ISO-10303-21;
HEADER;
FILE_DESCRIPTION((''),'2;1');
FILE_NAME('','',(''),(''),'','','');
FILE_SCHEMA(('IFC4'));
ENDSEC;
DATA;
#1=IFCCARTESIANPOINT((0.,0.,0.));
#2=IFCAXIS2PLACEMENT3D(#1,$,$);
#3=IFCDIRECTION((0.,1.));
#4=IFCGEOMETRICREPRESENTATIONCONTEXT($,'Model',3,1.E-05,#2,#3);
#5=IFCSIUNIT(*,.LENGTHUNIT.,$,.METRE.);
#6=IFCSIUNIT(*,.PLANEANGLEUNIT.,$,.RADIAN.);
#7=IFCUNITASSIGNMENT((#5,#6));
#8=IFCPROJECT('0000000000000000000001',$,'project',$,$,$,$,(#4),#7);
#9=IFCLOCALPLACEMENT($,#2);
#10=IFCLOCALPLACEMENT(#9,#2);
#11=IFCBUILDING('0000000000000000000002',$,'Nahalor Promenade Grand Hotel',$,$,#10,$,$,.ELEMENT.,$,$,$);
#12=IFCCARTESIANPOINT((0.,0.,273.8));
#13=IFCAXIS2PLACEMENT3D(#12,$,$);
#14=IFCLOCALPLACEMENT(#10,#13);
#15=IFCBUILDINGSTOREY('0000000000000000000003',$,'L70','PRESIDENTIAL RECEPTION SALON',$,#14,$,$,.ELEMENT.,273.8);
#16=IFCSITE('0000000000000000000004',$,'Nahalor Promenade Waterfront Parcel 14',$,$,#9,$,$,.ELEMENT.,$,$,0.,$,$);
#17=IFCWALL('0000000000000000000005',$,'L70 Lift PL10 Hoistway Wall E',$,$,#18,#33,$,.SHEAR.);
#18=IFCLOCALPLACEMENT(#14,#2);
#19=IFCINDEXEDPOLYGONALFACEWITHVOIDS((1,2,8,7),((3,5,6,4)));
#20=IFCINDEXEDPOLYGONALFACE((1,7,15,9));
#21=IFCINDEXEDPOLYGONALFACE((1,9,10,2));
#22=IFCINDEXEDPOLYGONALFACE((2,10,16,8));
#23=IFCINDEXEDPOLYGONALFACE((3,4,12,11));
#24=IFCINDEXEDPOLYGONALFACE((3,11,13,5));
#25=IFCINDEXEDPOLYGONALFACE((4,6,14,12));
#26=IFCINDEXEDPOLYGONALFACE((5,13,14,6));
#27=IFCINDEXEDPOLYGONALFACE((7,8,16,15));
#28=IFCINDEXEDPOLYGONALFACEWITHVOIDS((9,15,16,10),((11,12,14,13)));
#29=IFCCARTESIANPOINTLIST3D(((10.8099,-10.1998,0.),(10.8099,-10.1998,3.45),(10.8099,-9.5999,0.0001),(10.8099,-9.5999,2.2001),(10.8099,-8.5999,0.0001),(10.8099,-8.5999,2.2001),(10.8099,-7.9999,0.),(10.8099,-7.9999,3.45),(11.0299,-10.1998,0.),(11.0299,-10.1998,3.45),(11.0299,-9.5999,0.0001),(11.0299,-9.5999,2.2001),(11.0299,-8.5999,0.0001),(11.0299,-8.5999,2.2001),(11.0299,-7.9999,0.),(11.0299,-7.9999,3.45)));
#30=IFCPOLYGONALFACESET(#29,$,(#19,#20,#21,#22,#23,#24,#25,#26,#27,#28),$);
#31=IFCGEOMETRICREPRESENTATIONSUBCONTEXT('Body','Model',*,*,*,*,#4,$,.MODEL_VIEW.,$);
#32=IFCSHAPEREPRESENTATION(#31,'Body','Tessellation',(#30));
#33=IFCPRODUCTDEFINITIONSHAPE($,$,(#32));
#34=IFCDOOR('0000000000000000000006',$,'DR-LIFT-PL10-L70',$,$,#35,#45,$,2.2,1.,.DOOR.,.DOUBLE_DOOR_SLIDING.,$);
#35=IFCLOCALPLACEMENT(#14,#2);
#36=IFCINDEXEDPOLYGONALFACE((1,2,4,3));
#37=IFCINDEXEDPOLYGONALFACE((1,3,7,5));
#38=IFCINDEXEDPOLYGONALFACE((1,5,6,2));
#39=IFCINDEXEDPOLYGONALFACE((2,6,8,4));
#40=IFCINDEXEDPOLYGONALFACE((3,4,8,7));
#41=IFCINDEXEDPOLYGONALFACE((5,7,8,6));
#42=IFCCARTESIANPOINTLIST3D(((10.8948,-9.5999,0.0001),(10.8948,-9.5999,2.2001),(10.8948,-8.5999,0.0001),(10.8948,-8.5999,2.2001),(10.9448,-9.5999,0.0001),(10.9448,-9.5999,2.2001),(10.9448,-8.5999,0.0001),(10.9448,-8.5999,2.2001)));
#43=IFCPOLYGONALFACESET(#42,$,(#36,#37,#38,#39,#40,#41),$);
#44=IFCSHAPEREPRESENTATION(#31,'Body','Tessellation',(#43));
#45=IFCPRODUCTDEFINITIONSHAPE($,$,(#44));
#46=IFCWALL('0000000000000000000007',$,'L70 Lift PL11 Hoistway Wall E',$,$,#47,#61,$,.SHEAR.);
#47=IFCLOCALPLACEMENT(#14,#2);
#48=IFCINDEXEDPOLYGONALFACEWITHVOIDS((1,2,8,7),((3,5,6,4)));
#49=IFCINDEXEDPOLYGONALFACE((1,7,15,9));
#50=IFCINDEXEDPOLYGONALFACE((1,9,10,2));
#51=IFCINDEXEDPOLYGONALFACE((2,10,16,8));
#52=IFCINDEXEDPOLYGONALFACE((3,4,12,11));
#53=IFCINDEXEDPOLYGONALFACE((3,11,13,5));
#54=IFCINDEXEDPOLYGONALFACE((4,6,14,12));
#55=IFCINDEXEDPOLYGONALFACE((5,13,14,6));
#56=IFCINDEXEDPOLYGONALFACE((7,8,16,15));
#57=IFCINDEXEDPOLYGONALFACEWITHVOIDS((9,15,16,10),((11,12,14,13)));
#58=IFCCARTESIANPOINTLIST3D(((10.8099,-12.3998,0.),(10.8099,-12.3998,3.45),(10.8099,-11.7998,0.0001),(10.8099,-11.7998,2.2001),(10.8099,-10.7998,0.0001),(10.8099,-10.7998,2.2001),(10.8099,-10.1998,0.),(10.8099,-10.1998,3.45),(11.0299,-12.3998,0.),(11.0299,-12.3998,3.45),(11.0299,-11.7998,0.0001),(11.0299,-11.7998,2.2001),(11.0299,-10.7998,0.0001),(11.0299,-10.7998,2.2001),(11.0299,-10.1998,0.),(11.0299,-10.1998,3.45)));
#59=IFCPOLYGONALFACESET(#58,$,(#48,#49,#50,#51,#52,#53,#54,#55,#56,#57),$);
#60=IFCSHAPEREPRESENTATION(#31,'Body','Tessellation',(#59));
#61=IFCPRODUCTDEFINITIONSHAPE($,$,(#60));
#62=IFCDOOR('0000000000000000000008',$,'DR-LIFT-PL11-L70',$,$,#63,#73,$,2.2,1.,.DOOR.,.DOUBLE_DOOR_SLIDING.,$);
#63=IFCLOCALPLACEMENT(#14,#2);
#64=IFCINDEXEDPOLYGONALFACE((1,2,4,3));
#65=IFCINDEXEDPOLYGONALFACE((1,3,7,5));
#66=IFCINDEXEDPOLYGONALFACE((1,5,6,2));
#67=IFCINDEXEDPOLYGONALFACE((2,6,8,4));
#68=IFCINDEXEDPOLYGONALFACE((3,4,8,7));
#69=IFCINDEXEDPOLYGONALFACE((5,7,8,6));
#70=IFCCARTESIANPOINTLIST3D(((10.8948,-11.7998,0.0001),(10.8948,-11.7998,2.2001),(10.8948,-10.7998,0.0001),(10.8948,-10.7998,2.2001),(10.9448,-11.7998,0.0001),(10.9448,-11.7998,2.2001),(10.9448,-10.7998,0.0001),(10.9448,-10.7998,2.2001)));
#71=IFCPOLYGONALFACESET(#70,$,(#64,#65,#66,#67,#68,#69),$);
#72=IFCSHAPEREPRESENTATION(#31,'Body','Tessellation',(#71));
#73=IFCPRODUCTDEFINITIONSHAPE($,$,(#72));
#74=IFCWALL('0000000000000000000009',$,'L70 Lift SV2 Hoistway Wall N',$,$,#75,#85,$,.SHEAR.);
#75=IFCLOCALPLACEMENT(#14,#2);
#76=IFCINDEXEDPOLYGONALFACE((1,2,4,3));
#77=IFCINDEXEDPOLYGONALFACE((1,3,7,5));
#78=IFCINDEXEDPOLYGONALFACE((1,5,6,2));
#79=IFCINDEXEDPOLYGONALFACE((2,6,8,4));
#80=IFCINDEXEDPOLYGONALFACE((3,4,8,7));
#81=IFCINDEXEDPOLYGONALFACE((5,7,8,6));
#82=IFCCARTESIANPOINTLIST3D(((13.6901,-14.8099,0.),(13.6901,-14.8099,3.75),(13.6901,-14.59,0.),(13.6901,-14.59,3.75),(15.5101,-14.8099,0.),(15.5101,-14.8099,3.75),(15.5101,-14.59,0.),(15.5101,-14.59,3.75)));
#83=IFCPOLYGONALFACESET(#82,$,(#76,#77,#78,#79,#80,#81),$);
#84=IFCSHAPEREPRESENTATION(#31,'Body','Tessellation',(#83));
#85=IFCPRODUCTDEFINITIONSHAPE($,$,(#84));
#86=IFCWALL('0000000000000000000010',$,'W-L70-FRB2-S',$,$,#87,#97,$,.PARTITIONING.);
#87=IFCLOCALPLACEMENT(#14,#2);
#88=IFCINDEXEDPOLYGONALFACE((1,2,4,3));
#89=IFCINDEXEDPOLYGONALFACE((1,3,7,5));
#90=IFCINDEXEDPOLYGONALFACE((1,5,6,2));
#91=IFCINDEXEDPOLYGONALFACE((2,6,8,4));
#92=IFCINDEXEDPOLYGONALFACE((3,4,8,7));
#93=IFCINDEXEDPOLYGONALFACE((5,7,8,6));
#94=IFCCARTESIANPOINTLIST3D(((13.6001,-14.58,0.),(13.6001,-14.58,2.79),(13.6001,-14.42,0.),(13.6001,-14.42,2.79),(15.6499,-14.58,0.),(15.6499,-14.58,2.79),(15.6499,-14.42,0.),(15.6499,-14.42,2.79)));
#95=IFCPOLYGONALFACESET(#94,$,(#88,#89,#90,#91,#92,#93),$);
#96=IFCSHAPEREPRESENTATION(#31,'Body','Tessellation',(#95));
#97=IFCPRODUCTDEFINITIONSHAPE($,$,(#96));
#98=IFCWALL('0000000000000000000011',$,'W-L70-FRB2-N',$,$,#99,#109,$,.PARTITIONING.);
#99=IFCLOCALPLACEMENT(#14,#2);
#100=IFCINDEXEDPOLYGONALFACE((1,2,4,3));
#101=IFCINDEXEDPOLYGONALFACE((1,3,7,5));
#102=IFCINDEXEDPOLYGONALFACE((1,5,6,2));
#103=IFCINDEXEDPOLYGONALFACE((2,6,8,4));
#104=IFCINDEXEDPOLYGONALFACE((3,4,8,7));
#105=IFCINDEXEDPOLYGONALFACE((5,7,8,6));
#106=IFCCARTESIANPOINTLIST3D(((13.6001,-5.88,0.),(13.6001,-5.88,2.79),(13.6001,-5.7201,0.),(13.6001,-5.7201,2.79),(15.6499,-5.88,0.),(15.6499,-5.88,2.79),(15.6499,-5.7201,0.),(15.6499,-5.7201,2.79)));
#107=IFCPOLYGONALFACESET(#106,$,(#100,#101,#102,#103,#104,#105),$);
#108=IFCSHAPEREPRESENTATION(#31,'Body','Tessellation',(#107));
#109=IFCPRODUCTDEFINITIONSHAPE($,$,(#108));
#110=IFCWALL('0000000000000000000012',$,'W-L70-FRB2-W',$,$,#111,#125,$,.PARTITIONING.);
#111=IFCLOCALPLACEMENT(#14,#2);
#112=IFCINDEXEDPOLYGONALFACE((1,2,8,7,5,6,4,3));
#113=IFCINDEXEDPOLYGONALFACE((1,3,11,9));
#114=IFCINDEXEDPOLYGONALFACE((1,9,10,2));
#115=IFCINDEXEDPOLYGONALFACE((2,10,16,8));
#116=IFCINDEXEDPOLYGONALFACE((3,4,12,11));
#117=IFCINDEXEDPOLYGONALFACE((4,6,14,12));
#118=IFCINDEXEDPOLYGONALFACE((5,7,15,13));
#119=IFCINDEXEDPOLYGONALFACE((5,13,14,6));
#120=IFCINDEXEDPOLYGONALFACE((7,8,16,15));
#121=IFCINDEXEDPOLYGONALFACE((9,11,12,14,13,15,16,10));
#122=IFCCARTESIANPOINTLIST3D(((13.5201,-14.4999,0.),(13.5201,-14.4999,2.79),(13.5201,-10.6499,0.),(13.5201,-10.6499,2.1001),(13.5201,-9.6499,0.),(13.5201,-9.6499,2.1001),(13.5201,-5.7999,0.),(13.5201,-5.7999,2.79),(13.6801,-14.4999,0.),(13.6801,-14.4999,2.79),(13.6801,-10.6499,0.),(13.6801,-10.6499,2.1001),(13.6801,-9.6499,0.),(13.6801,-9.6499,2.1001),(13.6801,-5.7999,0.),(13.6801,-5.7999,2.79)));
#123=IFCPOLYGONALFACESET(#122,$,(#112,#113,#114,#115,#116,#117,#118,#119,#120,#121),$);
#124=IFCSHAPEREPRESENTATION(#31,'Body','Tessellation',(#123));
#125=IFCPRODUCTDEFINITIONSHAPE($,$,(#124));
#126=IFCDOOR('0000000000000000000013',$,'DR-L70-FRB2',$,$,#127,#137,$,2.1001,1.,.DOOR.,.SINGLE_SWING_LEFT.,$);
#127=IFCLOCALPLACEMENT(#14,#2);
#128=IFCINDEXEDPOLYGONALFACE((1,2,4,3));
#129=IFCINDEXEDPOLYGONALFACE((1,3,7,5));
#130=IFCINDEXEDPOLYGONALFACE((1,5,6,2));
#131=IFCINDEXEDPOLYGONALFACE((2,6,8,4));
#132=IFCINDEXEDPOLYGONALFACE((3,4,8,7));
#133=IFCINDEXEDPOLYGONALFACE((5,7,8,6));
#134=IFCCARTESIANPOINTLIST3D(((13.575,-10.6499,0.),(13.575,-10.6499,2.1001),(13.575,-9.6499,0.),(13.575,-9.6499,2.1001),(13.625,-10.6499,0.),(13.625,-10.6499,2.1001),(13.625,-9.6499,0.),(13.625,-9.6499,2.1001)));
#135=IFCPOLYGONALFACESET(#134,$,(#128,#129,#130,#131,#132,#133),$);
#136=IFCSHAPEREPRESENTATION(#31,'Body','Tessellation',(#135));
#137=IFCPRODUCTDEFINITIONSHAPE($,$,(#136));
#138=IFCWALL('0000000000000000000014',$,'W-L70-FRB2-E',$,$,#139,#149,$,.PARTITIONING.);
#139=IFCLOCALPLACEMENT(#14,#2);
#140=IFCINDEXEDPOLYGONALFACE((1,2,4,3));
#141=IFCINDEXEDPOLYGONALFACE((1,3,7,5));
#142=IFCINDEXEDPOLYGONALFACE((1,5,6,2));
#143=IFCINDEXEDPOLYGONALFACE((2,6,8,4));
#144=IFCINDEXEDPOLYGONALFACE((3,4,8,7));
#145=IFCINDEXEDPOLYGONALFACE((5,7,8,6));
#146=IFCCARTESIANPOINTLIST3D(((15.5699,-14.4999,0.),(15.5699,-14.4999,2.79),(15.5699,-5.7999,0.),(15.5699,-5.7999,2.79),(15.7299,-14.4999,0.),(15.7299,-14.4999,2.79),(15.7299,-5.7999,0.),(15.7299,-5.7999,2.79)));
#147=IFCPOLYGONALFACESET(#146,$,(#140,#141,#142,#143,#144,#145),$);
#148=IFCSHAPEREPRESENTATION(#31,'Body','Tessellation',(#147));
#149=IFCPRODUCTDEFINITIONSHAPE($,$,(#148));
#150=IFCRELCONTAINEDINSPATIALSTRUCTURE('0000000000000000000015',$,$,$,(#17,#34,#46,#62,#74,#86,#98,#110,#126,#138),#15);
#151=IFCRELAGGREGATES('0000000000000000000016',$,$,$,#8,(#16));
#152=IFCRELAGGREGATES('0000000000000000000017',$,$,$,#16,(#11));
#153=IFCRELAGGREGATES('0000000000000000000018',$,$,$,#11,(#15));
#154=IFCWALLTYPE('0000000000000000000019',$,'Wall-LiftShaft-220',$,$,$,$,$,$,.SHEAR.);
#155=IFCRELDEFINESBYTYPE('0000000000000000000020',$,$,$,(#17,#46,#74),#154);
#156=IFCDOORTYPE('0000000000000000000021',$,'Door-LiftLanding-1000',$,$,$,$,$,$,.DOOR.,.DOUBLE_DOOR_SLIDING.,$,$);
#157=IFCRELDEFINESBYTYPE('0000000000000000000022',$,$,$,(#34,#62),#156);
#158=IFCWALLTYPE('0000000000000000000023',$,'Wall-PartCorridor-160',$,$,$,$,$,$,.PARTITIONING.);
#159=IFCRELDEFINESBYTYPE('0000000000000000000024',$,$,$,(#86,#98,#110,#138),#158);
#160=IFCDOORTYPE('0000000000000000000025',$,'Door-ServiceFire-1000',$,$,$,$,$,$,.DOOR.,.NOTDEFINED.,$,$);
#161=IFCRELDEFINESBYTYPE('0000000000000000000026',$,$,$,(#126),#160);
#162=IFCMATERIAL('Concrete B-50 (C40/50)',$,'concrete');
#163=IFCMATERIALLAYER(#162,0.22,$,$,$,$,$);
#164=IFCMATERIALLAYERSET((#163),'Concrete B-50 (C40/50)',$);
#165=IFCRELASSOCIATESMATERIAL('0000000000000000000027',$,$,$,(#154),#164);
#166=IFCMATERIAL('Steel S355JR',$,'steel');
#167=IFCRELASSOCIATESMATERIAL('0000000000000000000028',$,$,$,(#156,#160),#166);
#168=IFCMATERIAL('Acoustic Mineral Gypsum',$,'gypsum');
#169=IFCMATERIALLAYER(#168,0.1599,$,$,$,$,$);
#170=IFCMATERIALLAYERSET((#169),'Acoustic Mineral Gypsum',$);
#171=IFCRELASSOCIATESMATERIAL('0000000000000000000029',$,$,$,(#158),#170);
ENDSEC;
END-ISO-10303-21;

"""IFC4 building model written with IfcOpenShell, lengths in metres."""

from ifc_helpers import new_model, si_unit, direction, frame, frame_2d, origin, place, context, subcontext, project, spatial, rectangle, extrude, source, transform, mapped, material, layer, layer_set, type_object, element, fill, save


model = new_model("IFC4")

# Units and contexts
model_context = context("Model", 3, precision=1e-05, world=origin(), true_north=direction((0.0, 1.0)))
body_context = subcontext(model_context, "Body", "Model", "MODEL_VIEW")
ifc_project = project(units=[si_unit("LENGTHUNIT", "METRE"), si_unit("PLANEANGLEUNIT", "RADIAN")], contexts=[model_context])

# Site, building, storey
site_placement = place(None, origin())
site = spatial("IfcSite", under=ifc_project, at=site_placement, Name="Nahalor Promenade Waterfront Parcel 14", CompositionType="ELEMENT", RefElevation=0.0)
building_placement = place(site_placement, origin())
building = spatial("IfcBuilding", under=site, at=building_placement, Name="Nahalor Promenade Grand Hotel", CompositionType="ELEMENT")
storey_placement = place(building_placement, frame((0.0, 0.0, 273.8)))
storey = spatial("IfcBuildingStorey", under=building, at=storey_placement, Name="L70", Description="PRESIDENTIAL RECEPTION SALON", CompositionType="ELEMENT", Elevation=273.8)

# Shared definitions
ifc_material_1 = material(Name="Steel S355JR", Category="steel")

# Walls, openings, doors
ifc_material_2 = material(Name="Concrete B-50 (C40/50)", Category="concrete")
ifc_layer_1 = layer(ifc_material_2, 0.22)
ifc_layer_set_1 = layer_set([ifc_layer_1], Name="Concrete B-50 (C40/50)")
wall_type_1 = type_object("IfcWallType", Name="Wall-LiftShaft-220", PredefinedType="SHEAR", material=ifc_layer_set_1)
door_type_1 = type_object("IfcDoorType", Name="Door-LiftLanding-1000", OperationType="DOUBLE_DOOR_SLIDING", PredefinedType="DOOR", material=ifc_material_1)
shared_shape_1 = source(origin(), body_context, "Body", "SweptSolid", [
    extrude(rectangle(XDim=1.0, YDim=2.2, at=frame_2d((0.5, 1.1001))), frame((0.0, 0.0249, 0.0), z_axis=(0.0, -1.0, 0.0), x_axis=(1.0, 0.0, 0.0)), (0.0, 0.0, 1.0), 0.05),
])
shared_shape_2 = source(origin(), body_context, "Body", "SweptSolid", [
    extrude(rectangle(XDim=2.2, YDim=0.22, at=frame_2d((1.1001, 0.0))), origin(), (0.0, 0.0, 1.0), 3.45),
])
wall_1_placement = place(storey_placement, frame((10.9199, -10.2, 0.0), z_axis=(0.0, 0.0, 1.0), x_axis=(0.0, 1.0, 0.0)))
wall_1 = element("IfcWall", 1, at=wall_1_placement, inside=storey, type_object=wall_type_1, Name="L70 Lift PL10 Hoistway Wall E", PredefinedType="SHEAR", context=body_context, shape_type="MappedRepresentation", body=[
    mapped(shared_shape_2, transform((0.0, 0.0, 0.0), scale=1.0)),
])
opening_1_placement = place(wall_1_placement, frame((0.6001, 0.0, 0.0)))
opening_1 = element("IfcOpeningElement", 2, at=opening_1_placement, cuts=wall_1, PredefinedType="OPENING", context=body_context, shape_type="SweptSolid", body=[
    extrude(rectangle(XDim=1.0, YDim=2.2, at=frame_2d((0.5, 1.1001))), frame((0.0, 0.1199, 0.0), z_axis=(0.0, -1.0, 0.0), x_axis=(1.0, 0.0, 0.0)), (0.0, 0.0, 1.0), 0.24),
])
door_1_placement = place(opening_1_placement, frame((1.0, 0.0, 0.0), z_axis=(0.0, 0.0, 1.0), x_axis=(-1.0, 0.0, 0.0)))
door_1 = element("IfcDoor", 3, at=door_1_placement, inside=storey, type_object=door_type_1, Name="DR-LIFT-PL10-L70", OperationType="DOUBLE_DOOR_SLIDING", OverallHeight=2.2, OverallWidth=1.0, PredefinedType="DOOR", context=body_context, shape_type="MappedRepresentation", body=[
    mapped(shared_shape_1, transform((0.0, 0.0, 0.0), scale=1.0)),
])
fill(opening_1, door_1)
wall_2_placement = place(storey_placement, frame((10.9199, -12.3999, 0.0), z_axis=(0.0, 0.0, 1.0), x_axis=(0.0, 1.0, 0.0)))
wall_2 = element("IfcWall", 4, at=wall_2_placement, inside=storey, type_object=wall_type_1, Name="L70 Lift PL11 Hoistway Wall E", PredefinedType="SHEAR", context=body_context, shape_type="MappedRepresentation", body=[
    mapped(shared_shape_2, transform((0.0, 0.0, 0.0), scale=1.0)),
])
opening_2_placement = place(wall_2_placement, frame((0.6001, 0.0, 0.0)))
opening_2 = element("IfcOpeningElement", 5, at=opening_2_placement, cuts=wall_2, PredefinedType="OPENING", context=body_context, shape_type="SweptSolid", body=[
    extrude(rectangle(XDim=1.0, YDim=2.2, at=frame_2d((0.5, 1.1001))), frame((0.0, 0.1199, 0.0), z_axis=(0.0, -1.0, 0.0), x_axis=(1.0, 0.0, 0.0)), (0.0, 0.0, 1.0), 0.24),
])
door_2_placement = place(opening_2_placement, frame((1.0, 0.0, 0.0), z_axis=(0.0, 0.0, 1.0), x_axis=(-1.0, 0.0, 0.0)))
door_2 = element("IfcDoor", 6, at=door_2_placement, inside=storey, type_object=door_type_1, Name="DR-LIFT-PL11-L70", OperationType="DOUBLE_DOOR_SLIDING", OverallHeight=2.2, OverallWidth=1.0, PredefinedType="DOOR", context=body_context, shape_type="MappedRepresentation", body=[
    mapped(shared_shape_1, transform((0.0, 0.0, 0.0), scale=1.0)),
])
fill(opening_2, door_2)

# Wall
shared_shape_3 = source(origin(), body_context, "Body", "SweptSolid", [
    extrude(rectangle(XDim=1.8201, YDim=0.22, at=frame_2d((0.9102, 0.0))), origin(), (0.0, 0.0, 1.0), 3.75),
])
wall_3_placement = place(storey_placement, frame((13.6899, -14.7, 0.0), z_axis=(0.0, 0.0, 1.0), x_axis=(1.0, 0.0, 0.0)))
element("IfcWall", 7, at=wall_3_placement, inside=storey, type_object=wall_type_1, Name="L70 Lift SV2 Hoistway Wall N", PredefinedType="SHEAR", context=body_context, shape_type="MappedRepresentation", body=[
    mapped(shared_shape_3, transform((0.0, 0.0, 0.0), scale=1.0)),
])

# Walls
ifc_material_3 = material(Name="Acoustic Mineral Gypsum", Category="gypsum")
ifc_layer_2 = layer(ifc_material_3, 0.1599)
ifc_layer_set_2 = layer_set([ifc_layer_2], Name="Acoustic Mineral Gypsum")
wall_type_2 = type_object("IfcWallType", Name="Wall-PartCorridor-160", PredefinedType="PARTITIONING", material=ifc_layer_set_2)
shared_shape_4 = source(origin(), body_context, "Body", "SweptSolid", [
    extrude(rectangle(XDim=2.0498, YDim=0.1599, at=frame_2d((1.0249, 0.0))), origin(), (0.0, 0.0, 1.0), 2.79),
])
for number, where, z_axis, x_axis, name in (
    (8, (13.6001, -14.5, 0.0), (0.0, 0.0, 1.0), (1.0, 0.0, 0.0), "W-L70-FRB2-S"),
    (9, (13.6001, -5.8, 0.0), (0.0, 0.0, 1.0), (1.0, 0.0, 0.0), "W-L70-FRB2-N"),
):
    element("IfcWall", number, at=place(storey_placement, frame(where, z_axis=z_axis, x_axis=x_axis)), inside=storey, type_object=wall_type_2, Name=name, PredefinedType="PARTITIONING", context=body_context, shape_type="MappedRepresentation", body=[
        mapped(shared_shape_4, transform((0.0, 0.0, 0.0), scale=1.0)),
    ])

# Wall, opening, door
shared_shape_5 = source(origin(), body_context, "Body", "SweptSolid", [
    extrude(rectangle(XDim=8.7, YDim=0.1599, at=frame_2d((4.3501, 0.0))), origin(), (0.0, 0.0, 1.0), 2.79),
])
wall_4_placement = place(storey_placement, frame((13.6001, -14.5, 0.0), z_axis=(0.0, 0.0, 1.0), x_axis=(0.0, 1.0, 0.0)))
wall_4 = element("IfcWall", 10, at=wall_4_placement, inside=storey, type_object=wall_type_2, Name="W-L70-FRB2-W", PredefinedType="PARTITIONING", context=body_context, shape_type="MappedRepresentation", body=[
    mapped(shared_shape_5, transform((0.0, 0.0, 0.0), scale=1.0)),
])
opening_3_placement = place(wall_4_placement, frame((3.8501, 0.0, 0.0)))
opening_3 = element("IfcOpeningElement", 11, at=opening_3_placement, cuts=wall_4, PredefinedType="OPENING", context=body_context, shape_type="SweptSolid", body=[
    extrude(rectangle(XDim=1.0, YDim=2.1001, at=frame_2d((0.5, 1.05))), frame((0.0, 0.0898, 0.0), z_axis=(0.0, -1.0, 0.0), x_axis=(1.0, 0.0, 0.0)), (0.0, 0.0, 1.0), 0.1799),
])
door_type_2 = type_object("IfcDoorType", Name="Door-ServiceFire-1000", OperationType="NOTDEFINED", PredefinedType="DOOR", material=ifc_material_1)
shared_shape_6 = source(origin(), body_context, "Body", "SweptSolid", [
    extrude(rectangle(XDim=1.0, YDim=2.1001, at=frame_2d((0.5, 1.05))), frame((0.0, 0.0249, 0.0), z_axis=(0.0, -1.0, 0.0), x_axis=(1.0, 0.0, 0.0)), (0.0, 0.0, 1.0), 0.05),
])
door_3_placement = place(opening_3_placement, frame((1.0, 0.0, 0.0), z_axis=(0.0, 0.0, 1.0), x_axis=(-1.0, 0.0, 0.0)))
door_3 = element("IfcDoor", 12, at=door_3_placement, inside=storey, type_object=door_type_2, Name="DR-L70-FRB2", OperationType="SINGLE_SWING_LEFT", OverallHeight=2.1001, OverallWidth=1.0, PredefinedType="DOOR", context=body_context, shape_type="MappedRepresentation", body=[
    mapped(shared_shape_6, transform((0.0, 0.0, 0.0), scale=1.0)),
])
fill(opening_3, door_3)

# Wall
wall_5_placement = place(storey_placement, frame((15.6499, -14.5, 0.0), z_axis=(0.0, 0.0, 1.0), x_axis=(0.0, 1.0, 0.0)))
element("IfcWall", 13, at=wall_5_placement, inside=storey, type_object=wall_type_2, Name="W-L70-FRB2-E", PredefinedType="PARTITIONING", context=body_context, shape_type="MappedRepresentation", body=[
    mapped(shared_shape_5, transform((0.0, 0.0, 0.0), scale=1.0)),
])

save(model, "model.ifc")
